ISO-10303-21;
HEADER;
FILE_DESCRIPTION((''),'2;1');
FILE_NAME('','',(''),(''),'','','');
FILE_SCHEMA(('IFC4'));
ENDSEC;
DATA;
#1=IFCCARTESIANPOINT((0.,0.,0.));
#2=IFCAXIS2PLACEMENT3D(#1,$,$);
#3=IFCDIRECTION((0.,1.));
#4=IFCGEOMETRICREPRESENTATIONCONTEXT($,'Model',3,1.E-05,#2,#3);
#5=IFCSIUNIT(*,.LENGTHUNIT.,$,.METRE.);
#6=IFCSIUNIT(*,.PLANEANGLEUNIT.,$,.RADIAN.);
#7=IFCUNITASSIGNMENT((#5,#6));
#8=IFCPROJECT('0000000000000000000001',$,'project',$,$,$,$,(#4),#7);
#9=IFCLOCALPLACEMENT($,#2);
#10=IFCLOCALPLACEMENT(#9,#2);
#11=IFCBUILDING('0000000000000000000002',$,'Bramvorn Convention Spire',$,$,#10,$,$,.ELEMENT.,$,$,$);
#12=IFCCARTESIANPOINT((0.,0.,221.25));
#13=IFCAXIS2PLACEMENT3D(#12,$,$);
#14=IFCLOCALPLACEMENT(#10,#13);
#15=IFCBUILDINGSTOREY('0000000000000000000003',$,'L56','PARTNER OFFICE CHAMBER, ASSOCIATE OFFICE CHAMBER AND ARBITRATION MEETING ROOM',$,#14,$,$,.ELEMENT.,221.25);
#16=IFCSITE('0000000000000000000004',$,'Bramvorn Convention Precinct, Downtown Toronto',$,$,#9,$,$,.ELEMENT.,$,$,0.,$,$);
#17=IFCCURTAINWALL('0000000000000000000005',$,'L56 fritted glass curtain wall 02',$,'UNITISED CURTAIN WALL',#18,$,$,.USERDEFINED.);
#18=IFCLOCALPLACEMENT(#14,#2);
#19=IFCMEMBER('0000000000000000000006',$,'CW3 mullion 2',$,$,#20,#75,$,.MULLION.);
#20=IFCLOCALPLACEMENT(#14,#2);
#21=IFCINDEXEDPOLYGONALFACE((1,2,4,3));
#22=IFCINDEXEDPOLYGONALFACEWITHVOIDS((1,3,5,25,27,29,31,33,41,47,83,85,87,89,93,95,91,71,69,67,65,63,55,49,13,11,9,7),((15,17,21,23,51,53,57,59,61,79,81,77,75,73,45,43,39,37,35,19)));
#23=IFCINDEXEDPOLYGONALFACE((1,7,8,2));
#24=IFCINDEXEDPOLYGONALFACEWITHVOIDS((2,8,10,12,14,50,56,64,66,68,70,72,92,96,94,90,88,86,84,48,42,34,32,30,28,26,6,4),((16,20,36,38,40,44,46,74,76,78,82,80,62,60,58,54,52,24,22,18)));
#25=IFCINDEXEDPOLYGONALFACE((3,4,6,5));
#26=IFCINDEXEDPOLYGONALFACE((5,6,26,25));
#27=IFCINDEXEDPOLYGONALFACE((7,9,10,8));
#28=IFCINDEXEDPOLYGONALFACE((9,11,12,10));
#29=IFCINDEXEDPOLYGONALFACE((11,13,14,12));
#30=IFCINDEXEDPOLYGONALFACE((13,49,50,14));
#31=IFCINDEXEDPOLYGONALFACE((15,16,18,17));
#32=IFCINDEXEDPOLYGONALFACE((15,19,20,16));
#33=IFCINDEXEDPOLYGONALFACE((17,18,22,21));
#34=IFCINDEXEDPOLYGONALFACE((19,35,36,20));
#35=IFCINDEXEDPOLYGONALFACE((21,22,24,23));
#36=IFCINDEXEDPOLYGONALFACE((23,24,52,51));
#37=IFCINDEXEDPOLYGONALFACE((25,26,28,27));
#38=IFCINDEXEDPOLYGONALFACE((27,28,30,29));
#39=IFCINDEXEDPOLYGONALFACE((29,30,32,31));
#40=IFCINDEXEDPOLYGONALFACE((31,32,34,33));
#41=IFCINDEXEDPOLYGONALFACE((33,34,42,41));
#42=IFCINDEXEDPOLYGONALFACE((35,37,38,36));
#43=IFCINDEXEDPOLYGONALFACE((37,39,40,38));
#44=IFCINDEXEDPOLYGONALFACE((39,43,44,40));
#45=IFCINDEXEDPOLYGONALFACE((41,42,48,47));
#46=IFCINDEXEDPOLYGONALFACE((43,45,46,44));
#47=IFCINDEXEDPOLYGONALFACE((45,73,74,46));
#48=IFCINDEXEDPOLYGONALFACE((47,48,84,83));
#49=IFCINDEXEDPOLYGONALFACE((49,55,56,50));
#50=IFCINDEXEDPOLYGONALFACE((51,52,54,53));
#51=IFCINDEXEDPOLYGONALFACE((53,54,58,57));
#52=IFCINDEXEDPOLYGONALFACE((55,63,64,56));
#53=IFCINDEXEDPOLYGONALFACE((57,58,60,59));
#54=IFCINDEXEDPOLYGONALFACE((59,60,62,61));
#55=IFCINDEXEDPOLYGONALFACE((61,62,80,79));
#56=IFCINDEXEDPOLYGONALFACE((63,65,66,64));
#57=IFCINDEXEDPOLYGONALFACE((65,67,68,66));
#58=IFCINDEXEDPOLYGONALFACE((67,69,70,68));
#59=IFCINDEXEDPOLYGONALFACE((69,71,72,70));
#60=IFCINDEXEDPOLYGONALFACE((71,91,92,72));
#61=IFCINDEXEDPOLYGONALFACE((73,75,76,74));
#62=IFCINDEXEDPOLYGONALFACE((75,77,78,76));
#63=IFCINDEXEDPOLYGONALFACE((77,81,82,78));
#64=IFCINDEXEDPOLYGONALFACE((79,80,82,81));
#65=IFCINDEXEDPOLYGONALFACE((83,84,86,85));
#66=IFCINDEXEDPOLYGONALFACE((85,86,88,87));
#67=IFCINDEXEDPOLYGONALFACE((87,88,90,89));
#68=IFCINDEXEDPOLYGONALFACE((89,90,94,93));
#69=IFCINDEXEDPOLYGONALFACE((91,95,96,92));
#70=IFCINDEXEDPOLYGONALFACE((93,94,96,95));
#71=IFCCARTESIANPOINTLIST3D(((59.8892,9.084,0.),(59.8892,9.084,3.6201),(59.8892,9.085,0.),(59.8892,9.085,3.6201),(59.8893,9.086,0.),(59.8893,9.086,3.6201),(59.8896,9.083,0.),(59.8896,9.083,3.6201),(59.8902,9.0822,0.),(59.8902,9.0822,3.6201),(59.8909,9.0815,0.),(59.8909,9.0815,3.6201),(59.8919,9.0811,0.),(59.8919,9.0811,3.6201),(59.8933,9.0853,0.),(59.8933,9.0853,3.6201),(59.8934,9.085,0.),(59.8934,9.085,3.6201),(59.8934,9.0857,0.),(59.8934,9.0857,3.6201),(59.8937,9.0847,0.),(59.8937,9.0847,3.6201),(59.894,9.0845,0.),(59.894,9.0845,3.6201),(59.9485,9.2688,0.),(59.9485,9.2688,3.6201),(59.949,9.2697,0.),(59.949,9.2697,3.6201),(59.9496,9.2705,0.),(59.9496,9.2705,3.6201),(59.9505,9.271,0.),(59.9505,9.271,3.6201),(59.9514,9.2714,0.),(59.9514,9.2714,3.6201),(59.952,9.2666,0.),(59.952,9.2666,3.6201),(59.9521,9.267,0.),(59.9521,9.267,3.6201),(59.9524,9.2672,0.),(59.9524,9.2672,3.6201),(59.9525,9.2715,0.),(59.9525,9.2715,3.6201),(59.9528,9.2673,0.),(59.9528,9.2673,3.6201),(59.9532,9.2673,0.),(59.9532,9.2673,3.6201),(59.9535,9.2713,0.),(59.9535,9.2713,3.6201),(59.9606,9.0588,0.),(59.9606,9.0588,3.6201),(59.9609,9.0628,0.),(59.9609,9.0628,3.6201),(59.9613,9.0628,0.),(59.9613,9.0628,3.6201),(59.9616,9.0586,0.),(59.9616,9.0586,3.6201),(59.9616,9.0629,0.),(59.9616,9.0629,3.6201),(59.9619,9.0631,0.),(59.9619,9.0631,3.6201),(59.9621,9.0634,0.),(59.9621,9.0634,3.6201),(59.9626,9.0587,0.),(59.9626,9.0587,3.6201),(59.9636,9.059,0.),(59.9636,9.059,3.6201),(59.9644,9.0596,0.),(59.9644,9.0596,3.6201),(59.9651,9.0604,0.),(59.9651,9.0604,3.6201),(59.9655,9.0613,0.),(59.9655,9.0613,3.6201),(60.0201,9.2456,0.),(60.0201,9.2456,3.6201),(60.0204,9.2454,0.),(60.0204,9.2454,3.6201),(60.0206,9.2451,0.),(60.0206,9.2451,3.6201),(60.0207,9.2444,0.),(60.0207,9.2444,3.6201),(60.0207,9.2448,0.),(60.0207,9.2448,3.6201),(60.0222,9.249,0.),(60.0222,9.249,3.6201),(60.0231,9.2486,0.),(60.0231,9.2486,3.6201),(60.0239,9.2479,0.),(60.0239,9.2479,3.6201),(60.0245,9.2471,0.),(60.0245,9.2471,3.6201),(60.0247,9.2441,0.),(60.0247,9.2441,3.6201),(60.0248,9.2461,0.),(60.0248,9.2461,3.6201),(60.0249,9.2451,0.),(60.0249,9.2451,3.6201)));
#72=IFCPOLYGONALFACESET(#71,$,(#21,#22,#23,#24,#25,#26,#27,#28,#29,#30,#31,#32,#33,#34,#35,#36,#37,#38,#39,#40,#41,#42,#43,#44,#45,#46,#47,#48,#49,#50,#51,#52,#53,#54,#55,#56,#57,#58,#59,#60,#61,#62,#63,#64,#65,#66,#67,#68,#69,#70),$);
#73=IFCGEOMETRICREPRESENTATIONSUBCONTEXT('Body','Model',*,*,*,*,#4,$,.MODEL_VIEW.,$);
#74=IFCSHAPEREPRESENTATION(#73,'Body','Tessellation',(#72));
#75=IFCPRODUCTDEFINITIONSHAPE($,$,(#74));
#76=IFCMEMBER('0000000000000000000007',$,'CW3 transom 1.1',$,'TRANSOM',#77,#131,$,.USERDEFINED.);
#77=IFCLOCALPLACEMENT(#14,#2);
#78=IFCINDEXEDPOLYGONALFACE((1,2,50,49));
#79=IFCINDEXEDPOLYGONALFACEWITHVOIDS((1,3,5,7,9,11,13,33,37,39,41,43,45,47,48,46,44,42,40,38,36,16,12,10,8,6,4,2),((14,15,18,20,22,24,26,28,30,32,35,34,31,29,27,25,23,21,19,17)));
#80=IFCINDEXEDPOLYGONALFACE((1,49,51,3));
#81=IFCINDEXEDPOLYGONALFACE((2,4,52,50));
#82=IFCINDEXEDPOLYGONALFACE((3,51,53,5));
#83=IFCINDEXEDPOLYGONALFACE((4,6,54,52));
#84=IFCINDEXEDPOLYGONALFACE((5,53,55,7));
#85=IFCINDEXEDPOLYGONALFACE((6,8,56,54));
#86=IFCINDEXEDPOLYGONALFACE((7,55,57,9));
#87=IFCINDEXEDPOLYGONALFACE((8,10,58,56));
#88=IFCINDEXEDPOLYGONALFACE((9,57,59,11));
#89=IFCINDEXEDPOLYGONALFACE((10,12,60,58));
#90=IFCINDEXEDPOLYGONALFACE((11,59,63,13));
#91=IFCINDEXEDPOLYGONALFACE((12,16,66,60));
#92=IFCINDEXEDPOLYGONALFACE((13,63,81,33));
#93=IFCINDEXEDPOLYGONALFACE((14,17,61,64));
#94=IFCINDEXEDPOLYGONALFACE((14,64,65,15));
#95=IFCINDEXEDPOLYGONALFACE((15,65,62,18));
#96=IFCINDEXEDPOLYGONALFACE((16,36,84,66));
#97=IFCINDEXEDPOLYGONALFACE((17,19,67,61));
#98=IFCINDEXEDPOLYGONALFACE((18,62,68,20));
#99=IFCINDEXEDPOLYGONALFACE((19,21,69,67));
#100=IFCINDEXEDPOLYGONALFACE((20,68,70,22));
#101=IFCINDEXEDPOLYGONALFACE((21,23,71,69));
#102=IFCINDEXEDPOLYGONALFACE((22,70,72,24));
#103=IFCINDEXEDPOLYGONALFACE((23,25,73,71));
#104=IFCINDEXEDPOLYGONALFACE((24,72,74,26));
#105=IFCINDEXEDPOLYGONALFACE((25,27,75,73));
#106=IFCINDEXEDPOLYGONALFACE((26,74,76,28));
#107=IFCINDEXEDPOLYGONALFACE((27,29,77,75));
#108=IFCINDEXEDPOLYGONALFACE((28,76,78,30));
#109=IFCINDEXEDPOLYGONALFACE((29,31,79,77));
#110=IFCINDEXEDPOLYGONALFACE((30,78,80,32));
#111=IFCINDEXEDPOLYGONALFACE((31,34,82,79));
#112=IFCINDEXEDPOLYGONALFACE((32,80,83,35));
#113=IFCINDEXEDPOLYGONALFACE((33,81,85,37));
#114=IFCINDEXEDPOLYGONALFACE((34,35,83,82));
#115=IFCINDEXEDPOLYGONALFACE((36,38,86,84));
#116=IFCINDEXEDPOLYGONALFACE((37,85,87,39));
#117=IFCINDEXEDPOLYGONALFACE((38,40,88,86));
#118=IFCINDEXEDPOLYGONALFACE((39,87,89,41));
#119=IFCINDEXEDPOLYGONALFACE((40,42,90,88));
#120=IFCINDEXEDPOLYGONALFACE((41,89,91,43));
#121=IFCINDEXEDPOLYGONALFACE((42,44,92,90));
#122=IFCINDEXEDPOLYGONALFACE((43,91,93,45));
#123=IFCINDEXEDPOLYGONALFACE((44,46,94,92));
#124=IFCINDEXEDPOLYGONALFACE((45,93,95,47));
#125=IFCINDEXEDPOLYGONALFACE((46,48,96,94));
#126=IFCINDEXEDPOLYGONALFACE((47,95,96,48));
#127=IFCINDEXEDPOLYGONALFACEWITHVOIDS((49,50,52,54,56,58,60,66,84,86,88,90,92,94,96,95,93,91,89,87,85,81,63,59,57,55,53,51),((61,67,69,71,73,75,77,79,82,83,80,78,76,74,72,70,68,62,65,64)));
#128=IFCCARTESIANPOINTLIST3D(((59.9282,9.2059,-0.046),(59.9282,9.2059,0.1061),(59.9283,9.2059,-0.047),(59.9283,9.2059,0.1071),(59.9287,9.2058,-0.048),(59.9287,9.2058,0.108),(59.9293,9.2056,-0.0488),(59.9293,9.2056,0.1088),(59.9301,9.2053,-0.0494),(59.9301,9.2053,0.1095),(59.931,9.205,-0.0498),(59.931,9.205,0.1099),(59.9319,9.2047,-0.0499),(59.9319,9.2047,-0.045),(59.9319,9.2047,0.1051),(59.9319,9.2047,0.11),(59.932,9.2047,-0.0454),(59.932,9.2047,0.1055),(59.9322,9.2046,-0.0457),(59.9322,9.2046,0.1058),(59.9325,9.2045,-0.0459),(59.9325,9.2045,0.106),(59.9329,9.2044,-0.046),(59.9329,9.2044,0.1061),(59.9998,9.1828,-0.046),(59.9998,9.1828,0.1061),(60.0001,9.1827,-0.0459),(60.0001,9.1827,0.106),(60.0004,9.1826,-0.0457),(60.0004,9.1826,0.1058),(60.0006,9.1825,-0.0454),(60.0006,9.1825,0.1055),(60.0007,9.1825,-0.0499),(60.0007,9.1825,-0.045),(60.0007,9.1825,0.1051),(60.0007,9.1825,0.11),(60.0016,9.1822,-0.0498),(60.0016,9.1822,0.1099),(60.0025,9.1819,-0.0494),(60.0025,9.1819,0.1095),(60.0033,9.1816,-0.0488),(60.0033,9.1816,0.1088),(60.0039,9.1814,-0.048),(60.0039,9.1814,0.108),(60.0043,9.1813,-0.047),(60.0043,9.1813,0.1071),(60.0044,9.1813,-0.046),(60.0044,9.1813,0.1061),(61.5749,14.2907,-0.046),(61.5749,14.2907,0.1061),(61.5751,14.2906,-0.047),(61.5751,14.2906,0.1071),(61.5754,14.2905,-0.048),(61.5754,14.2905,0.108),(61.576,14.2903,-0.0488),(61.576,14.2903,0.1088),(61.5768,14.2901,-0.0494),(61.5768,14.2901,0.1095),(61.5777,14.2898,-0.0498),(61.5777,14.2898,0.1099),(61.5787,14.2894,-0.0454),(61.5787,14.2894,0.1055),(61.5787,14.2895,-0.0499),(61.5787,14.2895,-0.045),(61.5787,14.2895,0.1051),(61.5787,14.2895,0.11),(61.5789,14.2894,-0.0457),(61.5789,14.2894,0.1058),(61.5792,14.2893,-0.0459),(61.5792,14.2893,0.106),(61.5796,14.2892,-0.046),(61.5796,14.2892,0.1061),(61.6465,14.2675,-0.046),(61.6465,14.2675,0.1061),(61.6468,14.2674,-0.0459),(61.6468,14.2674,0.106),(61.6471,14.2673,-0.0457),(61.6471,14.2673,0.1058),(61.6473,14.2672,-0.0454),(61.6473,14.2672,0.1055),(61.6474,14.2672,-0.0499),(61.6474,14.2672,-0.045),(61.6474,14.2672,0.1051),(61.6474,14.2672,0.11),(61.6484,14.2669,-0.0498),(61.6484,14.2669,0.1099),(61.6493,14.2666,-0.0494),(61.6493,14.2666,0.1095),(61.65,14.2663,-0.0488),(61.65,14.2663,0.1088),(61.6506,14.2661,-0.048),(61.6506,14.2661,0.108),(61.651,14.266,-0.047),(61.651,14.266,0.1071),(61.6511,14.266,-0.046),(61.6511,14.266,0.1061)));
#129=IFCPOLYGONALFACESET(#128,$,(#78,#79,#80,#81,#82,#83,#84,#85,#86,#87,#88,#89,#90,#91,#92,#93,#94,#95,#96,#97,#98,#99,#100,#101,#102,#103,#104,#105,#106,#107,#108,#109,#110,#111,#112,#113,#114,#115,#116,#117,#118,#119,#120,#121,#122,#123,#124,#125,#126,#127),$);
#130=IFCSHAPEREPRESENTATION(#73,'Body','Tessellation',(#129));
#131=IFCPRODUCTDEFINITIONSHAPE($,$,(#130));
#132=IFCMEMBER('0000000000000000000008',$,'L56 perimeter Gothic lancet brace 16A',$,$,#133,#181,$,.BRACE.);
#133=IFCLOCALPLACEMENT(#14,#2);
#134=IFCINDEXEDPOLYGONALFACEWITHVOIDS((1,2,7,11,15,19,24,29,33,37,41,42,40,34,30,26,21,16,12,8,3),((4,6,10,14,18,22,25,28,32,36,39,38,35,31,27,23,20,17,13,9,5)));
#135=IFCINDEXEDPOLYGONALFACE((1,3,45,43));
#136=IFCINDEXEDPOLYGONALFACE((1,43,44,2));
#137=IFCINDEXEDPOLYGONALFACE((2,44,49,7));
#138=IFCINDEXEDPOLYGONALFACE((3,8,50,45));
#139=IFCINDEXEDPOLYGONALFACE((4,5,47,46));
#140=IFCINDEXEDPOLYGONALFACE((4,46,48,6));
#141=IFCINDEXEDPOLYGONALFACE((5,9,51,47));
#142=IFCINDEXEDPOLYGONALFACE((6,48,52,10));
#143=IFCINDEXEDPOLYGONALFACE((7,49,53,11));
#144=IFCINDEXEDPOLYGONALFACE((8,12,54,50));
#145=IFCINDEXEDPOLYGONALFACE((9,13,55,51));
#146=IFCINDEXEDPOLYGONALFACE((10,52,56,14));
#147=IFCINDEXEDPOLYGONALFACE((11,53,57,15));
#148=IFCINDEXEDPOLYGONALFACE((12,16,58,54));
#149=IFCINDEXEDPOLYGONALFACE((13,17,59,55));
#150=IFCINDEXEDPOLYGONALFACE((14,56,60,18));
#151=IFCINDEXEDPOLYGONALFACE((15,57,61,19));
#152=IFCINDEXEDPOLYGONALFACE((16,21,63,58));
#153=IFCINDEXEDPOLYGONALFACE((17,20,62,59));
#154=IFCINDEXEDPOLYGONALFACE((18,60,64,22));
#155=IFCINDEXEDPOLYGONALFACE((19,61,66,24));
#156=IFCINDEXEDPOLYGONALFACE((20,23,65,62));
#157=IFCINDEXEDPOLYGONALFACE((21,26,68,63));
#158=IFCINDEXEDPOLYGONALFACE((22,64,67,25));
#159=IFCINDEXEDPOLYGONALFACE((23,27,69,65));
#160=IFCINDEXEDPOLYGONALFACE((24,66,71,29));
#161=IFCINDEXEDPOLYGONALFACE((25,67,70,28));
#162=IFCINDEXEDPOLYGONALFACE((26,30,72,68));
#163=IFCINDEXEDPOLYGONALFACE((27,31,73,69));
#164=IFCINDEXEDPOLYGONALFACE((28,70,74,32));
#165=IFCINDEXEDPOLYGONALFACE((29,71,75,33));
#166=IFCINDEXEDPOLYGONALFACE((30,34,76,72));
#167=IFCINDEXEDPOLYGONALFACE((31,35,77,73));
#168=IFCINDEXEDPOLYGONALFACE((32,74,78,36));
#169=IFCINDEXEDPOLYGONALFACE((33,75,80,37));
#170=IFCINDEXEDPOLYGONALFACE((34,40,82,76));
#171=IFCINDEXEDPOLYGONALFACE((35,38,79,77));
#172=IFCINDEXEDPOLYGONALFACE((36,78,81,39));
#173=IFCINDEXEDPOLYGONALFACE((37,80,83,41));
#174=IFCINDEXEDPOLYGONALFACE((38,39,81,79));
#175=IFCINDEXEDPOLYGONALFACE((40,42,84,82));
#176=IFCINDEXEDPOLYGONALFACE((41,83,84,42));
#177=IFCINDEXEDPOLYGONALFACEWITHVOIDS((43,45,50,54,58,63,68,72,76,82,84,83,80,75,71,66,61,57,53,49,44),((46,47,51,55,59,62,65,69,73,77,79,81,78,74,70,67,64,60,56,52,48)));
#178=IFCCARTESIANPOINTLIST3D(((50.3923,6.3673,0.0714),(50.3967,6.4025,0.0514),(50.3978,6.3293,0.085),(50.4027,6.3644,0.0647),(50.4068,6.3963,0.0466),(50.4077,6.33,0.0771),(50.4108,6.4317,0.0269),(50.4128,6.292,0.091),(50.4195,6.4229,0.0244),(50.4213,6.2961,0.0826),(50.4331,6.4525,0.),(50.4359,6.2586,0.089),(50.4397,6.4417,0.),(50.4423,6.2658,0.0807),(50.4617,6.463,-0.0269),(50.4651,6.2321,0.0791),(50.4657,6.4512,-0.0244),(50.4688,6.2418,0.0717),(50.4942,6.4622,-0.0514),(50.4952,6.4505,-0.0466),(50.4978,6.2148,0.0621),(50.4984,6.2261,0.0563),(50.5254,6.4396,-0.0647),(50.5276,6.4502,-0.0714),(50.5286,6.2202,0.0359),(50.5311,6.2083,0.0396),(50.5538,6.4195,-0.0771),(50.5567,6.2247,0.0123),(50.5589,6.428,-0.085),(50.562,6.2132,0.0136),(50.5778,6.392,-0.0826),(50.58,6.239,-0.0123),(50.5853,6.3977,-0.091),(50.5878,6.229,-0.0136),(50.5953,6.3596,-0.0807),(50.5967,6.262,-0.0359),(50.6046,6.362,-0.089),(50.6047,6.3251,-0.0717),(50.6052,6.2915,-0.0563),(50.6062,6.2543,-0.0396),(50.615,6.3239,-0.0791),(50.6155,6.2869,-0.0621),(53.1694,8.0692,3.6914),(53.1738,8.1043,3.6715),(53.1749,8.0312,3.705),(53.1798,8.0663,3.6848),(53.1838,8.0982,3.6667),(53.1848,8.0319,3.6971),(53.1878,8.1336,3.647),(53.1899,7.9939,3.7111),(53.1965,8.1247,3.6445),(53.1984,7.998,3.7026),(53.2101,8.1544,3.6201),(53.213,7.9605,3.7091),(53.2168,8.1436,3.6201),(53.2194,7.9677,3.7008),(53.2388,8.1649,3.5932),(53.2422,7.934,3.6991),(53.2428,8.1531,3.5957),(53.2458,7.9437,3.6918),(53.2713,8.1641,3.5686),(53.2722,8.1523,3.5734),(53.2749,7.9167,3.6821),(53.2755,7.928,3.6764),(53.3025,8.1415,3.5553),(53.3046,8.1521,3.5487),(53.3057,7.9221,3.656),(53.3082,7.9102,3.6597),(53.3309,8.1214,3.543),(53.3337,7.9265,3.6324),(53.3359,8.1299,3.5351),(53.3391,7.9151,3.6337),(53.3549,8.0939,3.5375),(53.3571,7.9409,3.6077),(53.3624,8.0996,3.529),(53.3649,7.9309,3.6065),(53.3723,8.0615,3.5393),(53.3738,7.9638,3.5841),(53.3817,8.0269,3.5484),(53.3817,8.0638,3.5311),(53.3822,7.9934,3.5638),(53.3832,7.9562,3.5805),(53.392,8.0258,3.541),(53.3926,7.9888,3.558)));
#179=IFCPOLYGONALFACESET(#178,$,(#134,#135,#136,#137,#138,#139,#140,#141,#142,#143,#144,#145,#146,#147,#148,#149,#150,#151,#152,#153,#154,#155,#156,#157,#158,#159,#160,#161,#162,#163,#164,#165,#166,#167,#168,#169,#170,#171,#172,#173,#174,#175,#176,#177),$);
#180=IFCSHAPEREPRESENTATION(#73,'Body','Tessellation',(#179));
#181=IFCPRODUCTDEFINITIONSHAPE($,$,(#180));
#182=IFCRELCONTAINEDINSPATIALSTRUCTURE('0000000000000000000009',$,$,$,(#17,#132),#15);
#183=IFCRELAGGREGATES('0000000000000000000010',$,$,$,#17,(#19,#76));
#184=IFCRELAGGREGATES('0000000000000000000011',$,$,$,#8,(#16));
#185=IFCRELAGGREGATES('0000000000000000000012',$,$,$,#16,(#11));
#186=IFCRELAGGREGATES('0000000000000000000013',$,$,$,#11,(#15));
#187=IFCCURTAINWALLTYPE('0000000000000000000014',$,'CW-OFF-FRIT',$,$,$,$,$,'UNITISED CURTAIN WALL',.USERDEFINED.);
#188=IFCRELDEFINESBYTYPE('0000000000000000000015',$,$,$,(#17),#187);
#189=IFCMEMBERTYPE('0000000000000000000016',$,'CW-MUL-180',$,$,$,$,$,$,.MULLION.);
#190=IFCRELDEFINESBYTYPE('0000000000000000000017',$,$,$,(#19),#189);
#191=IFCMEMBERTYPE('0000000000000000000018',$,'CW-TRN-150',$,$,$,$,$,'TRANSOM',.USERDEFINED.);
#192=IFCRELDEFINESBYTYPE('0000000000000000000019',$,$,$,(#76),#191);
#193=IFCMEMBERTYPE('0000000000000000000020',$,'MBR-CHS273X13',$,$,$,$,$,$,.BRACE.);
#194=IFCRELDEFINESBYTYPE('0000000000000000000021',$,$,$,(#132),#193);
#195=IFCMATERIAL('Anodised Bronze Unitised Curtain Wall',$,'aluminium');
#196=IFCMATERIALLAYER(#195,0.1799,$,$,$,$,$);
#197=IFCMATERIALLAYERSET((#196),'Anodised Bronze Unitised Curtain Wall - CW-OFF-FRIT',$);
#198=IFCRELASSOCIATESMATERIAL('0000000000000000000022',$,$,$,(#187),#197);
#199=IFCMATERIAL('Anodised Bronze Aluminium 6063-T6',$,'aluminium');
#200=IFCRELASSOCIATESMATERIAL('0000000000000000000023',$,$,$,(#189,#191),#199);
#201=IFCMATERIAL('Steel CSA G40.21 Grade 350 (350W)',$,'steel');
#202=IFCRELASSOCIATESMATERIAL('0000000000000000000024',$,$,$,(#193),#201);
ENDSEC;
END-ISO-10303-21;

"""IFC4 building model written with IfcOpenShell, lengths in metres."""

from ifc_helpers import new_model, si_unit, direction, frame, origin, origin_2d, place, context, subcontext, project, spatial, hollow_rectangle, hollow_circle, extrude, material, layer, layer_set, material_profile, profile_set, type_object, element, aggregate, save


model = new_model("IFC4")

# Units and contexts
model_context = context("Model", 3, precision=1e-05, world=origin(), true_north=direction((0.0, 1.0)))
body_context = subcontext(model_context, "Body", "Model", "MODEL_VIEW")
ifc_project = project(units=[si_unit("LENGTHUNIT", "METRE"), si_unit("PLANEANGLEUNIT", "RADIAN")], contexts=[model_context])

# Site, building, storey
site_placement = place(None, origin())
site = spatial("IfcSite", under=ifc_project, at=site_placement, Name="Bramvorn Convention Precinct, Downtown Toronto", CompositionType="ELEMENT", RefElevation=0.0)
building_placement = place(site_placement, origin())
building = spatial("IfcBuilding", under=site, at=building_placement, Name="Bramvorn Convention Spire", CompositionType="ELEMENT")
storey_placement = place(building_placement, frame((0.0, 0.0, 221.25)))
storey = spatial("IfcBuildingStorey", under=building, at=storey_placement, Name="L56", Description="PARTNER OFFICE CHAMBER, ASSOCIATE OFFICE CHAMBER AND ARBITRATION MEETING ROOM", CompositionType="ELEMENT", Elevation=221.25)

# Shared definitions
ifc_material_1 = material(Name="Steel CSA G40.21 Grade 350 (350W)", Category="steel")

# Curtain wall, members
ifc_material_2 = material(Name="Anodised Bronze Unitised Curtain Wall", Category="aluminium")
ifc_layer_1 = layer(ifc_material_2, 0.1799)
ifc_layer_set_1 = layer_set([ifc_layer_1], Name="Anodised Bronze Unitised Curtain Wall - CW-OFF-FRIT")
curtain_wall_type = type_object("IfcCurtainWallType", Name="CW-OFF-FRIT", ElementType="UNITISED CURTAIN WALL", PredefinedType="USERDEFINED", material=ifc_layer_set_1)
curtain_wall_placement = place(storey_placement, origin())
curtain_wall = element("IfcCurtainWall", 1, at=curtain_wall_placement, inside=storey, type_object=curtain_wall_type, Name="L56 fritted glass curtain wall 02", ObjectType="UNITISED CURTAIN WALL", PredefinedType="USERDEFINED")
ifc_material_3 = material(Name="Anodised Bronze Aluminium 6063-T6", Category="aluminium")
ifc_material_profile_1 = material_profile(ifc_material_3, hollow_rectangle(XDim=0.0801, YDim=0.2, WallThickness=0.0039, InnerFilletRadius=0.001, OuterFilletRadius=0.0039, at=origin_2d()))
ifc_profile_set_1 = profile_set([ifc_material_profile_1], Name="Anodised Bronze Aluminium 6063-T6 - CWM80X200")
member_type_1 = type_object("IfcMemberType", Name="CW-MUL-180", PredefinedType="MULLION", material=ifc_profile_set_1)
member_1_placement = place(storey_placement, frame((59.957, 9.165, 0.0), z_axis=(0.0, 0.0, 1.0), x_axis=(0.95135, -0.308113, 0.0)))
member_1 = element("IfcMember", 2, at=member_1_placement, type_object=member_type_1, Name="CW3 mullion 2", PredefinedType="MULLION", context=body_context, shape_type="SweptSolid", body=[
    extrude(hollow_rectangle(XDim=0.0801, YDim=0.2, WallThickness=0.0039, InnerFilletRadius=0.001, OuterFilletRadius=0.0039, at=origin_2d()), origin(), (0.0, 0.0, 1.0), 3.6201),
])
ifc_material_profile_2 = material_profile(ifc_material_3, hollow_rectangle(XDim=0.0801, YDim=0.1599, WallThickness=0.0039, InnerFilletRadius=0.001, OuterFilletRadius=0.0039, at=origin_2d()))
ifc_profile_set_2 = profile_set([ifc_material_profile_2], Name="Anodised Bronze Aluminium 6063-T6 - CWT80X160")
member_type_2 = type_object("IfcMemberType", Name="CW-TRN-150", ElementType="TRANSOM", PredefinedType="USERDEFINED", material=ifc_profile_set_2)
member_2_placement = place(storey_placement, frame((61.613, 14.2783, 0.03), z_axis=(-0.308104, -0.951353, 0.0), x_axis=(0.951353, -0.308104, 0.0)))
member_2 = element("IfcMember", 3, at=member_2_placement, type_object=member_type_2, Name="CW3 transom 1.1", ObjectType="TRANSOM", PredefinedType="USERDEFINED", context=body_context, shape_type="SweptSolid", body=[
    extrude(hollow_rectangle(XDim=0.0801, YDim=0.1599, WallThickness=0.0039, InnerFilletRadius=0.001, OuterFilletRadius=0.0039, at=origin_2d()), origin(), (0.0, 0.0, 1.0), 5.3447),
])

# Member
ifc_material_profile_3 = material_profile(ifc_material_1, hollow_circle(Radius=0.1365, WallThickness=0.0127, at=origin_2d()))
ifc_profile_set_3 = profile_set([ifc_material_profile_3], Name="Steel CSA G40.21 Grade 350 (350W) - CHS273X13")
member_type_3 = type_object("IfcMemberType", Name="MBR-CHS273X13", PredefinedType="BRACE", material=ifc_profile_set_3)
for number, where, z_axis, x_axis, name in (
    (4, (50.5044, 6.3362, 0.0), (0.570281, 0.349488, 0.743396), (-0.52252, 0.852627, 0.0), "L56 perimeter Gothic lancet brace 16A"),
):
    element("IfcMember", number, at=place(storey_placement, frame(where, z_axis=z_axis, x_axis=x_axis)), inside=storey, type_object=member_type_3, Name=name, PredefinedType="BRACE", context=body_context, shape_type="SweptSolid", body=[
        extrude(hollow_circle(Radius=0.1365, WallThickness=0.0127, at=origin_2d()), origin(), (0.0, 0.0, 1.0), 4.8696),
    ])

aggregate(curtain_wall, [member_1, member_2])

save(model, "model.ifc")
